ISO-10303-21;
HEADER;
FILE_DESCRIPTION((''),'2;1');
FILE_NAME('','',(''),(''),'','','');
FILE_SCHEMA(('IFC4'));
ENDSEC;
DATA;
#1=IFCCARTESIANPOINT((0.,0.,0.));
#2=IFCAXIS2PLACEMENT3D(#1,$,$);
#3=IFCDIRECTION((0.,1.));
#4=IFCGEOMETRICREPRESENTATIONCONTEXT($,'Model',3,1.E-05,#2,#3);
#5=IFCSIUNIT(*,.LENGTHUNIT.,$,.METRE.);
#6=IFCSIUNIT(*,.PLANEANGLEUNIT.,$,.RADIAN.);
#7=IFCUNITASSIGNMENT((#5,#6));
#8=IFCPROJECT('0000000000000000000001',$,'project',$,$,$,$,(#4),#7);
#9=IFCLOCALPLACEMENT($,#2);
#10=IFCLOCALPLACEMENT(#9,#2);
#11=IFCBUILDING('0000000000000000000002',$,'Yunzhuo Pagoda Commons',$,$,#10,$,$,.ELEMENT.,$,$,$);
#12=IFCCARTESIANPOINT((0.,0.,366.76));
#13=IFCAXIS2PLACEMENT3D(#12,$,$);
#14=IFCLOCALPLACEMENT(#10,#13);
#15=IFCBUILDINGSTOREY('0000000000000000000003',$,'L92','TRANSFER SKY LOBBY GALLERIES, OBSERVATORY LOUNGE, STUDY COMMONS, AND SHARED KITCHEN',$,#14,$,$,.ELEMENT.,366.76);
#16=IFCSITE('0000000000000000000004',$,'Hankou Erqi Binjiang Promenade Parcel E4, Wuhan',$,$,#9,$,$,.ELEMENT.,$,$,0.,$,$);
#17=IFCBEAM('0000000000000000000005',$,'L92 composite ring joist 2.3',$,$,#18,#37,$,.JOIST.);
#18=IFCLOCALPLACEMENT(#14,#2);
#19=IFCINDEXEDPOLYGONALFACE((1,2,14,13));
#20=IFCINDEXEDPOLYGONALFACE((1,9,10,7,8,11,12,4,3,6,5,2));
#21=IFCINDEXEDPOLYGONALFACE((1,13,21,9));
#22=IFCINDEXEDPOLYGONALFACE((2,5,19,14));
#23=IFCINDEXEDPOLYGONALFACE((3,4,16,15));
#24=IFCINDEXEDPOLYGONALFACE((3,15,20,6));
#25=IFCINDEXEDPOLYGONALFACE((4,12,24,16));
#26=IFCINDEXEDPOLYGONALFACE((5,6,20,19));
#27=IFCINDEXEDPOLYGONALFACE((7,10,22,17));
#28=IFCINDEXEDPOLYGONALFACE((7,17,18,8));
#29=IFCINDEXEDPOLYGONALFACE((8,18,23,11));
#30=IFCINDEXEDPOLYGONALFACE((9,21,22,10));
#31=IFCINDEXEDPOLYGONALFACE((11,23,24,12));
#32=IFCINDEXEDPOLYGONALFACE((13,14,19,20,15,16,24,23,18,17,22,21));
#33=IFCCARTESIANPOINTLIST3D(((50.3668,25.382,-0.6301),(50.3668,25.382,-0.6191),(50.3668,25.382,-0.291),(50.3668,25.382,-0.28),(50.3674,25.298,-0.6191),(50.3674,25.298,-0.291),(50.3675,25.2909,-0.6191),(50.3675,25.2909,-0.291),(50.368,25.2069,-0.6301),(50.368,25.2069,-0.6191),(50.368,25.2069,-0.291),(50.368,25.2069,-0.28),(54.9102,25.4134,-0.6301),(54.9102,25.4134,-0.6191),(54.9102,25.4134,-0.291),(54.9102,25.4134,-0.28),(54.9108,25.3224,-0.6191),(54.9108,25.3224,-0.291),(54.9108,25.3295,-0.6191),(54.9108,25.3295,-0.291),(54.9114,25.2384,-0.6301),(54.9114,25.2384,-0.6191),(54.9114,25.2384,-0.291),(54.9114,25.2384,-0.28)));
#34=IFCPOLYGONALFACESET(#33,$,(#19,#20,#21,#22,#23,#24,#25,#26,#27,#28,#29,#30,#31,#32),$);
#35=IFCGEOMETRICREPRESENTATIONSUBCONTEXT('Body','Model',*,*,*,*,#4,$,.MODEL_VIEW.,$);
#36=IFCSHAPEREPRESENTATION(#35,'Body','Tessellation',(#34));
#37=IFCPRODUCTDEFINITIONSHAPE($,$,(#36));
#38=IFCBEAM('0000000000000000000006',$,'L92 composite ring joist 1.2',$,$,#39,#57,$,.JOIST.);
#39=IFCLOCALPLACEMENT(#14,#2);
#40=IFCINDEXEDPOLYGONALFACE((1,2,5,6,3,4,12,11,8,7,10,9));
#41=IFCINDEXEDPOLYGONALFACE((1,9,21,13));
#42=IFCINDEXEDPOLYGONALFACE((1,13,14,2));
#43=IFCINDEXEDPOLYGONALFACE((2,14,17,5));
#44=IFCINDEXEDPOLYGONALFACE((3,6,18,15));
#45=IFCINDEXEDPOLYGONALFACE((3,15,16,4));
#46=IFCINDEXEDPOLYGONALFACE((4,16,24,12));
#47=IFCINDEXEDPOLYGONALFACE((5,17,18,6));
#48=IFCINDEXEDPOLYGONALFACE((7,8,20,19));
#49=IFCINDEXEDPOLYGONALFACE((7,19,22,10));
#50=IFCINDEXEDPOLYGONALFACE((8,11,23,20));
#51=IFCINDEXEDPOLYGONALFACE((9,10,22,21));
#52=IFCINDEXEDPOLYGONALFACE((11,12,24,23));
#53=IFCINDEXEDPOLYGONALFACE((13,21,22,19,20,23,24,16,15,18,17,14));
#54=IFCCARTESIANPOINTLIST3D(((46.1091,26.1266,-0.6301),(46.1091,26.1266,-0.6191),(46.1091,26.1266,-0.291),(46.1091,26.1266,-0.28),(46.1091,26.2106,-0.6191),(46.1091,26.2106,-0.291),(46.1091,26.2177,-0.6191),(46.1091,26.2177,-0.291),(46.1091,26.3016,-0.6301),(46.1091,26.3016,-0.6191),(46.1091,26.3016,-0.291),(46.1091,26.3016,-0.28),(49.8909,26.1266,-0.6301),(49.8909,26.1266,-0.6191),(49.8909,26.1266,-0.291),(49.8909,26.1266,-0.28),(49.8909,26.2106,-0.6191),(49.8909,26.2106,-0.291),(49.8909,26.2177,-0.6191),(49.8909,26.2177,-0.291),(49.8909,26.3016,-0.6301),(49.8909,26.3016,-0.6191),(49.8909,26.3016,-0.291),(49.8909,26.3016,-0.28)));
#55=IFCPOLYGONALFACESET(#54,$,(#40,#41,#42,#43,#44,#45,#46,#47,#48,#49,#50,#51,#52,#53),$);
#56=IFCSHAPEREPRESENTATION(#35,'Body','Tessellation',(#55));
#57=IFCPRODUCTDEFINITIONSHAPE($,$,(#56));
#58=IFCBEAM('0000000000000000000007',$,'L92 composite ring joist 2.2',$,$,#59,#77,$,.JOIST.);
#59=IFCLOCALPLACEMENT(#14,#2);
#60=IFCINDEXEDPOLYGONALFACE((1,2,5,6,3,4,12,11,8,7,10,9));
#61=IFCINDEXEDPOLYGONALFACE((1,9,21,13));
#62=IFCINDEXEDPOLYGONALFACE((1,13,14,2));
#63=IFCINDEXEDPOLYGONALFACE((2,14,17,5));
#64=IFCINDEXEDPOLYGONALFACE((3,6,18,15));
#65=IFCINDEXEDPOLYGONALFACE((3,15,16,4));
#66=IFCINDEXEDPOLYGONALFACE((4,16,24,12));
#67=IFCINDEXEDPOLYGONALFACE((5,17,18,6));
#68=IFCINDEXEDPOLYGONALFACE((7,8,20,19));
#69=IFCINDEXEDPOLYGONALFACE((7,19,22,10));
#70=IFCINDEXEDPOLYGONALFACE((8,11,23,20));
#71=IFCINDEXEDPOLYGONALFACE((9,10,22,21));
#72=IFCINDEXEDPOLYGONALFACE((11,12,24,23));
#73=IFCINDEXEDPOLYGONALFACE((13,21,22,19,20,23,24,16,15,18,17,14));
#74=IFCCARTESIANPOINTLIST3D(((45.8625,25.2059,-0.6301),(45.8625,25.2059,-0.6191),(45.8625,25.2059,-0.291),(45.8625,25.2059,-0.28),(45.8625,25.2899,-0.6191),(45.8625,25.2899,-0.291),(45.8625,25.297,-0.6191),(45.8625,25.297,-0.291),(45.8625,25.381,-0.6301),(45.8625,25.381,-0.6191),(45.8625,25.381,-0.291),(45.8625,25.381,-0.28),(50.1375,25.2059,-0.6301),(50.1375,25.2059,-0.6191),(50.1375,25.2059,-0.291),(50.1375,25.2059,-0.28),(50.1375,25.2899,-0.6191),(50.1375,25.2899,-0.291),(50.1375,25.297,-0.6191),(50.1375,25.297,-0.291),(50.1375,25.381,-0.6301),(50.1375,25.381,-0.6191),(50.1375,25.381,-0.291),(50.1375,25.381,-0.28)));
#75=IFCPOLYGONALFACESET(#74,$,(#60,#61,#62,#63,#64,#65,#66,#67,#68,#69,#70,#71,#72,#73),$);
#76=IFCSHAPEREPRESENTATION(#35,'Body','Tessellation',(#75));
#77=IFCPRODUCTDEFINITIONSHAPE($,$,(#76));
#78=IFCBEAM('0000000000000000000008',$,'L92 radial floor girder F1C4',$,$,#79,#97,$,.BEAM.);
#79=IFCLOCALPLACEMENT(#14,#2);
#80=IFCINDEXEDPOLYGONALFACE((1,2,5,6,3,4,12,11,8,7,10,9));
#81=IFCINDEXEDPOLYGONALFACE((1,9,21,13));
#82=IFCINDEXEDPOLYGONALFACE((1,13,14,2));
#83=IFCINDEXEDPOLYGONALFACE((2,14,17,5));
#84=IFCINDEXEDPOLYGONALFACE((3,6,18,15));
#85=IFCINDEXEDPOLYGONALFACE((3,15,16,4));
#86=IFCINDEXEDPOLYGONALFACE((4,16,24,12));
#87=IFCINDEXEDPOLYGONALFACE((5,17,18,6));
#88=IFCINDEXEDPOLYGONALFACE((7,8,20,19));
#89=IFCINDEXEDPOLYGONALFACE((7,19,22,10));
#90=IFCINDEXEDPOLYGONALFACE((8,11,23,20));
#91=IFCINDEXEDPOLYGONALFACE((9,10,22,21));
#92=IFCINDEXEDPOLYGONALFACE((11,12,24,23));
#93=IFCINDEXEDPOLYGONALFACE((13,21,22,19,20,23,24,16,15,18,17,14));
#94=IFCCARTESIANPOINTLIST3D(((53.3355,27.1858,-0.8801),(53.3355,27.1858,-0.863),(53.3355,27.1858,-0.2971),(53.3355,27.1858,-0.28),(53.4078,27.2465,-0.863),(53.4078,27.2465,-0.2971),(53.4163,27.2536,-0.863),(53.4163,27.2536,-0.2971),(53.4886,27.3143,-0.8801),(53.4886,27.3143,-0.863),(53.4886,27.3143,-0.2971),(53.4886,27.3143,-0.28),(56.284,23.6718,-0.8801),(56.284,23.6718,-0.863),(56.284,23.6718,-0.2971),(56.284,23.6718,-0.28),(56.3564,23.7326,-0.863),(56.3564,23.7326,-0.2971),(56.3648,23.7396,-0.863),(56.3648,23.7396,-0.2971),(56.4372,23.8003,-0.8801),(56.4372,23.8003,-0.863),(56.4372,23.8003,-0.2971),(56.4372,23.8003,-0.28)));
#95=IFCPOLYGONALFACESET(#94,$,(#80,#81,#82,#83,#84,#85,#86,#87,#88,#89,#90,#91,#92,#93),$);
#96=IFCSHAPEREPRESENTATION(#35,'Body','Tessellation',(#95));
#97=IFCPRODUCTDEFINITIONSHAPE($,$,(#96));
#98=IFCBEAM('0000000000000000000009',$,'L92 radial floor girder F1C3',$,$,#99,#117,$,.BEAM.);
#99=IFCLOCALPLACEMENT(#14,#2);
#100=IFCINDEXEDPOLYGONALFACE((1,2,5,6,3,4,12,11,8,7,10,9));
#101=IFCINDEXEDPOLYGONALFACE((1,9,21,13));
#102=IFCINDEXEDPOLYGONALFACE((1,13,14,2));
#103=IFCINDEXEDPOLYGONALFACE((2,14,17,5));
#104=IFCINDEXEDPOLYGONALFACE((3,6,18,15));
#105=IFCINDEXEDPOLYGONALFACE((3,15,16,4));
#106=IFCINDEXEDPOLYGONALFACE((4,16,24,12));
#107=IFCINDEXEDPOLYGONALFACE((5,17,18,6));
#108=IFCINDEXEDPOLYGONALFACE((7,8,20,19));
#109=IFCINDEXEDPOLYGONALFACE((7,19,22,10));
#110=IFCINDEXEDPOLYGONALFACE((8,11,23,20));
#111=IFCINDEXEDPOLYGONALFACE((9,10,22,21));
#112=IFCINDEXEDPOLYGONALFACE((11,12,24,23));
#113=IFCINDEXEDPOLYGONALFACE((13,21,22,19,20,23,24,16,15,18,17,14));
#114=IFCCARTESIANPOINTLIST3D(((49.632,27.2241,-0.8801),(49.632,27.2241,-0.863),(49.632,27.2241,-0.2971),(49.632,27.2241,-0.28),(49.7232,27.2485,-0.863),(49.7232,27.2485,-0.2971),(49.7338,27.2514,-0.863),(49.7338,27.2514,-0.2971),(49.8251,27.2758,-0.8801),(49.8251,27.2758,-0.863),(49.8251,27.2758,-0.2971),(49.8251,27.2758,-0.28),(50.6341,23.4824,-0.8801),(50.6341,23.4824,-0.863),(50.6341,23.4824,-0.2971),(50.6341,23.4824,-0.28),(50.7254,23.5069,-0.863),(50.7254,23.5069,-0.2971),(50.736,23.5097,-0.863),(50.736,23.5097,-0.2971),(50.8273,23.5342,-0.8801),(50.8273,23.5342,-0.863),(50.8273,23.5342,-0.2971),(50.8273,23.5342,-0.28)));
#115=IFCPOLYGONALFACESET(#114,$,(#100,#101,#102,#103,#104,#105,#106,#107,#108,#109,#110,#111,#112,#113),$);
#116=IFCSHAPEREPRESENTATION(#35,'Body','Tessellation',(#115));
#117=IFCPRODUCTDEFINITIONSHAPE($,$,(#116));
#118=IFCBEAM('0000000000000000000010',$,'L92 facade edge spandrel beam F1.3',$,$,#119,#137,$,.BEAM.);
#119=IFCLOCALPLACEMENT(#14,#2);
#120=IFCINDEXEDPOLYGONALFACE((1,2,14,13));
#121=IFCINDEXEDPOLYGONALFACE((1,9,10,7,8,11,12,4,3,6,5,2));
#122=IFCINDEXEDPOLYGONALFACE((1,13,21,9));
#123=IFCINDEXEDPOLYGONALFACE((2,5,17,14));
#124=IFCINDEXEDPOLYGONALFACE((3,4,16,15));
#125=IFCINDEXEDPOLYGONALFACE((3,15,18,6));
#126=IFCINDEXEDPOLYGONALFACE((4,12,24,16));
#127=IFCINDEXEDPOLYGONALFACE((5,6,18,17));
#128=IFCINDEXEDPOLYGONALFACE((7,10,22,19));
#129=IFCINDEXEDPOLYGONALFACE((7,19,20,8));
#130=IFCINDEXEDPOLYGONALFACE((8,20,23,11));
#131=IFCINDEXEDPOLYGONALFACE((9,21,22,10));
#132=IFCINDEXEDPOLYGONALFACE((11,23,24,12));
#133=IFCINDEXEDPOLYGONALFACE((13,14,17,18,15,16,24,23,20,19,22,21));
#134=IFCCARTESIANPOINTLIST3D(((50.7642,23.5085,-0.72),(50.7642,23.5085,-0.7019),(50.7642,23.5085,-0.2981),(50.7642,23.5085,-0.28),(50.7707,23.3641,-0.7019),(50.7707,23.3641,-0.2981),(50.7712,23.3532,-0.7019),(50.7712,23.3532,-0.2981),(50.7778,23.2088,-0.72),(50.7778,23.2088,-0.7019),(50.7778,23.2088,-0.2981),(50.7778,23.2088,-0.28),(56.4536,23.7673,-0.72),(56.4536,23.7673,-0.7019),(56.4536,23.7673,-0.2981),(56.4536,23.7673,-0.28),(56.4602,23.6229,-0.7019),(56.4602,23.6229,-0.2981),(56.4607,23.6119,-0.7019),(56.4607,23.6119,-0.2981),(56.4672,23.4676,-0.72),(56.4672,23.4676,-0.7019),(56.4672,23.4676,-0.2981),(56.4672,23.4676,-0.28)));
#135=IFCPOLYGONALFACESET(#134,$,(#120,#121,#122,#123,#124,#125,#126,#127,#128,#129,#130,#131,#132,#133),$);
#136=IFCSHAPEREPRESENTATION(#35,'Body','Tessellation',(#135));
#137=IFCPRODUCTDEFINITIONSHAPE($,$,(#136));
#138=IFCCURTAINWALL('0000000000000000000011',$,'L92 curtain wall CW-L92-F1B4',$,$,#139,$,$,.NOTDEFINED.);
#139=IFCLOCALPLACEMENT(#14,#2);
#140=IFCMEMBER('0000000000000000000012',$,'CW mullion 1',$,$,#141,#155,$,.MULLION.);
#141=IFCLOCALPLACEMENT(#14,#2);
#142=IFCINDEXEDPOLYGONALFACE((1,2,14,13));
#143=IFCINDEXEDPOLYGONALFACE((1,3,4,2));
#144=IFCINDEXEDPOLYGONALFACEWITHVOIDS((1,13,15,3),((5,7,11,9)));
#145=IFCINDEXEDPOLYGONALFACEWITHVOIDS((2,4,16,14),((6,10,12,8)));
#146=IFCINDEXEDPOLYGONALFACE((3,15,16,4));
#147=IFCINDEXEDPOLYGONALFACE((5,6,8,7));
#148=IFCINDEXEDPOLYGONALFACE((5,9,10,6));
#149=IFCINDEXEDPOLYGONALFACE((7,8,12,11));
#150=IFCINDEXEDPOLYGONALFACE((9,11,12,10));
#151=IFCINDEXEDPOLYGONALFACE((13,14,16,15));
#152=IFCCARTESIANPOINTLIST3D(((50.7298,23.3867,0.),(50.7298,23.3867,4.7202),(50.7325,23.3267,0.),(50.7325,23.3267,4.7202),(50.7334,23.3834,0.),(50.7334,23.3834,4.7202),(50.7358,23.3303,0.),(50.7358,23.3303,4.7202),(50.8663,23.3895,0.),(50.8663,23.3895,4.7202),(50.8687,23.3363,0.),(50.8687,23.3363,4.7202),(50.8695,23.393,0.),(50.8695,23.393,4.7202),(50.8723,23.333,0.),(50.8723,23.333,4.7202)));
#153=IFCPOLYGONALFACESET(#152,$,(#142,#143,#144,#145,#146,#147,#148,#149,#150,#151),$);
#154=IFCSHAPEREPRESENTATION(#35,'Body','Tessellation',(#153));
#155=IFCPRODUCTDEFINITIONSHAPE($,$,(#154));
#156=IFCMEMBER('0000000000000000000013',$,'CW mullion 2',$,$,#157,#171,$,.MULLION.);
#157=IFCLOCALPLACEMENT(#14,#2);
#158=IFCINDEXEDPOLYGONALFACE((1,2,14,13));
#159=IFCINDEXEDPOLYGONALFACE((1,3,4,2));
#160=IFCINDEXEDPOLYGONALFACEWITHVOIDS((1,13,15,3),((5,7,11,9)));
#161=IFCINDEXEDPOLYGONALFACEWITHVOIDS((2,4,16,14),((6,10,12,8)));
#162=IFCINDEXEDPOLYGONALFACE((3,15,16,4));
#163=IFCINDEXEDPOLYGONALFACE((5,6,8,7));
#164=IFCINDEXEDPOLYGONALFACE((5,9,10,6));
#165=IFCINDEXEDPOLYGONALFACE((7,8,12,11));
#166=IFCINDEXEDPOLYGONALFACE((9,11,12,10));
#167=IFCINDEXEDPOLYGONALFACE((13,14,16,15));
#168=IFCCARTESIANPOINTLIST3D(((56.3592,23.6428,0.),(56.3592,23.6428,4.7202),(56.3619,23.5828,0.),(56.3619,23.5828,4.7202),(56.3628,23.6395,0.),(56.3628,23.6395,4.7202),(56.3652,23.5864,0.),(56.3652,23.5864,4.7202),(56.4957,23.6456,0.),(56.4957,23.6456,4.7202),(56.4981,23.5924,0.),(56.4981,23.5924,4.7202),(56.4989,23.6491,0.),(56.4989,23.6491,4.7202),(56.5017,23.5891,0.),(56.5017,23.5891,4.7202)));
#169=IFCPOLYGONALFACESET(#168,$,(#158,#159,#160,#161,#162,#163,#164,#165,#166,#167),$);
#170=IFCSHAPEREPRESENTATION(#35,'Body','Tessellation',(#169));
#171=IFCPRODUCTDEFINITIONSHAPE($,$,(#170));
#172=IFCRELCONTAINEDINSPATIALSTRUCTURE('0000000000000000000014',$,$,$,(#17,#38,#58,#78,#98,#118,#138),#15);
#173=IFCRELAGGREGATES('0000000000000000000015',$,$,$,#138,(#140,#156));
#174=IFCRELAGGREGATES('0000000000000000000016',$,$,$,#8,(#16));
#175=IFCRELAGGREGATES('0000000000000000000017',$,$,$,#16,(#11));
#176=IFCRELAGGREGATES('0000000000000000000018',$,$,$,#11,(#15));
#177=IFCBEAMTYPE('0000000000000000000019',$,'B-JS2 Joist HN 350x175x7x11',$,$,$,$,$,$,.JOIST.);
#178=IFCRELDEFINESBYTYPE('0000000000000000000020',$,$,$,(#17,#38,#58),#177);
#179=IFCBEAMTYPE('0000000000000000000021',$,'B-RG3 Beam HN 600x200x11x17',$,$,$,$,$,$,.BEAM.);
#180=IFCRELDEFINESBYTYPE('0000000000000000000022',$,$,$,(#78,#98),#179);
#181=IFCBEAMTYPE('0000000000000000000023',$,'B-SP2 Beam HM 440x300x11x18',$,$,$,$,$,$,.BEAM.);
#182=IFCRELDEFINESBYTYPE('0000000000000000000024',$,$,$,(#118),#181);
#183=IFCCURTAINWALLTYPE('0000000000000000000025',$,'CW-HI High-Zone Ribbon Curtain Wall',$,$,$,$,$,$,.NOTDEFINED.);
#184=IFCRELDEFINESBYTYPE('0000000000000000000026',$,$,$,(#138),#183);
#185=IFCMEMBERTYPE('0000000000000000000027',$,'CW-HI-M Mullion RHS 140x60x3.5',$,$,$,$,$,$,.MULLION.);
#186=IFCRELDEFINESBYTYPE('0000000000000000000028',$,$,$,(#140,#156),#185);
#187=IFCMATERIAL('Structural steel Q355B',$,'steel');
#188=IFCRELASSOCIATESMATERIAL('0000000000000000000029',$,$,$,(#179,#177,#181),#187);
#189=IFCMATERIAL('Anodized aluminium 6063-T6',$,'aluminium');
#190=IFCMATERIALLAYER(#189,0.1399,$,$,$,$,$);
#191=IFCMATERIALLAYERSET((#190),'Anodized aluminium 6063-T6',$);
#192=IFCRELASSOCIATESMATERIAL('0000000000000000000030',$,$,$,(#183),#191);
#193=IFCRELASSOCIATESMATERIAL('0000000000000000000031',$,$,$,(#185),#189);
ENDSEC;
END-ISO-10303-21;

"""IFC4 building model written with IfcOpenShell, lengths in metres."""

from ifc_helpers import new_model, si_unit, direction, frame, origin, origin_2d, place, context, subcontext, project, spatial, hollow_rectangle, i_section, extrude, source, transform, mapped, material, layer, layer_set, material_profile, profile_set, type_object, element, aggregate, save


model = new_model("IFC4")

# Units and contexts
model_context = context("Model", 3, precision=1e-05, world=origin(), true_north=direction((0.0, 1.0)))
body_context = subcontext(model_context, "Body", "Model", "MODEL_VIEW")
ifc_project = project(units=[si_unit("LENGTHUNIT", "METRE"), si_unit("PLANEANGLEUNIT", "RADIAN")], contexts=[model_context])

# Site, building, storey
site_placement = place(None, origin())
site = spatial("IfcSite", under=ifc_project, at=site_placement, Name="Hankou Erqi Binjiang Promenade Parcel E4, Wuhan", CompositionType="ELEMENT", RefElevation=0.0)
building_placement = place(site_placement, origin())
building = spatial("IfcBuilding", under=site, at=building_placement, Name="Yunzhuo Pagoda Commons", CompositionType="ELEMENT")
storey_placement = place(building_placement, frame((0.0, 0.0, 366.76)))
storey = spatial("IfcBuildingStorey", under=building, at=storey_placement, Name="L92", Description="TRANSFER SKY LOBBY GALLERIES, OBSERVATORY LOUNGE, STUDY COMMONS, AND SHARED KITCHEN", CompositionType="ELEMENT", Elevation=366.76)

# Shared definitions
ifc_material_1 = material(Name="Structural steel Q355B", Category="steel")

# Beams
ifc_material_profile_1 = material_profile(ifc_material_1, i_section(OverallWidth=0.2, OverallDepth=0.6001, WebThickness=0.011, FlangeThickness=0.0171, at=origin_2d()), Name="Structural steel Q355B")
ifc_profile_set_1 = profile_set([ifc_material_profile_1], Name="Structural steel Q355B")
beam_type_1 = type_object("IfcBeamType", Name="B-RG3 Beam HN 600x200x11x17", PredefinedType="BEAM", material=ifc_profile_set_1)
ifc_material_profile_2 = material_profile(ifc_material_1, i_section(OverallWidth=0.175, OverallDepth=0.3501, WebThickness=0.0071, FlangeThickness=0.011, at=origin_2d()), Name="Structural steel Q355B")
ifc_profile_set_2 = profile_set([ifc_material_profile_2], Name="Structural steel Q355B")
beam_type_2 = type_object("IfcBeamType", Name="B-JS2 Joist HN 350x175x7x11", PredefinedType="JOIST", material=ifc_profile_set_2)
shared_shape_1 = source(origin(), body_context, "Body", "SweptSolid", [
    extrude(i_section(OverallWidth=0.175, OverallDepth=0.3501, WebThickness=0.0071, FlangeThickness=0.011, at=origin_2d()), origin(), (0.0, 0.0, 1.0), 4.5435),
])
beam_1_placement = place(storey_placement, frame((50.3674, 25.2944, -0.4551), z_axis=(0.999976, 0.006932, 0.0), x_axis=(-0.006932, 0.999976, 0.0)))
element("IfcBeam", 1, at=beam_1_placement, inside=storey, type_object=beam_type_2, Name="L92 composite ring joist 2.3", PredefinedType="JOIST", context=body_context, shape_type="MappedRepresentation", body=[
    mapped(shared_shape_1, transform((0.0, 0.0, 0.0), scale=1.0)),
])
shared_shape_2 = source(origin(), body_context, "Body", "SweptSolid", [
    extrude(i_section(OverallWidth=0.175, OverallDepth=0.3501, WebThickness=0.0071, FlangeThickness=0.011, at=origin_2d()), origin(), (0.0, 0.0, 1.0), 3.7817),
])
beam_2_placement = place(storey_placement, frame((46.1091, 26.2141, -0.4551), z_axis=(1.0, 0.0, 0.0), x_axis=(0.0, 1.0, 0.0)))
element("IfcBeam", 2, at=beam_2_placement, inside=storey, type_object=beam_type_2, Name="L92 composite ring joist 1.2", PredefinedType="JOIST", context=body_context, shape_type="MappedRepresentation", body=[
    mapped(shared_shape_2, transform((0.0, 0.0, 0.0), scale=1.0)),
])
shared_shape_3 = source(origin(), body_context, "Body", "SweptSolid", [
    extrude(i_section(OverallWidth=0.175, OverallDepth=0.3501, WebThickness=0.0071, FlangeThickness=0.011, at=origin_2d()), origin(), (0.0, 0.0, 1.0), 4.2749),
])
beam_3_placement = place(storey_placement, frame((45.8625, 25.2935, -0.4551), z_axis=(1.0, 0.0, 0.0), x_axis=(0.0, 1.0, 0.0)))
element("IfcBeam", 3, at=beam_3_placement, inside=storey, type_object=beam_type_2, Name="L92 composite ring joist 2.2", PredefinedType="JOIST", context=body_context, shape_type="MappedRepresentation", body=[
    mapped(shared_shape_3, transform((0.0, 0.0, 0.0), scale=1.0)),
])
shared_shape_4 = source(origin(), body_context, "Body", "SweptSolid", [
    extrude(i_section(OverallWidth=0.2, OverallDepth=0.6001, WebThickness=0.011, FlangeThickness=0.0171, at=origin_2d()), origin(), (0.0, 0.0, 1.0), 4.5872),
])
beam_4_placement = place(storey_placement, frame((56.3606, 23.7361, -0.5801), z_axis=(-0.642783, 0.766049, 0.0), x_axis=(-0.766049, -0.642783, 0.0)))
element("IfcBeam", 4, at=beam_4_placement, inside=storey, type_object=beam_type_1, Name="L92 radial floor girder F1C4", PredefinedType="BEAM", context=body_context, shape_type="MappedRepresentation", body=[
    mapped(shared_shape_4, transform((0.0, 0.0, 0.0), scale=1.0)),
])
shared_shape_5 = source(origin(), body_context, "Body", "SweptSolid", [
    extrude(i_section(OverallWidth=0.2, OverallDepth=0.6001, WebThickness=0.011, FlangeThickness=0.0171, at=origin_2d()), origin(), (0.0, 0.0, 1.0), 3.8735),
])
beam_5_placement = place(storey_placement, frame((50.7307, 23.5083, -0.5801), z_axis=(-0.258726, 0.965951, 0.0), x_axis=(-0.965951, -0.258726, 0.0)))
element("IfcBeam", 5, at=beam_5_placement, inside=storey, type_object=beam_type_1, Name="L92 radial floor girder F1C3", PredefinedType="BEAM", context=body_context, shape_type="MappedRepresentation", body=[
    mapped(shared_shape_5, transform((0.0, 0.0, 0.0), scale=1.0)),
])
ifc_material_profile_3 = material_profile(ifc_material_1, i_section(OverallWidth=0.3, OverallDepth=0.4399, WebThickness=0.011, FlangeThickness=0.0181, at=origin_2d()), Name="Structural steel Q355B")
ifc_profile_set_3 = profile_set([ifc_material_profile_3], Name="Structural steel Q355B")
beam_type_3 = type_object("IfcBeamType", Name="B-SP2 Beam HM 440x300x11x18", PredefinedType="BEAM", material=ifc_profile_set_3)
shared_shape_6 = source(origin(), body_context, "Body", "SweptSolid", [
    extrude(i_section(OverallWidth=0.3, OverallDepth=0.4399, WebThickness=0.011, FlangeThickness=0.0181, at=origin_2d()), origin(), (0.0, 0.0, 1.0), 5.6953),
])
beam_6_placement = place(storey_placement, frame((50.771, 23.3586, -0.5), z_axis=(0.998967, 0.045439, 0.0), x_axis=(-0.045439, 0.998967, 0.0)))
element("IfcBeam", 6, at=beam_6_placement, inside=storey, type_object=beam_type_3, Name="L92 facade edge spandrel beam F1.3", PredefinedType="BEAM", context=body_context, shape_type="MappedRepresentation", body=[
    mapped(shared_shape_6, transform((0.0, 0.0, 0.0), scale=1.0)),
])

# Curtain wall, members
ifc_material_2 = material(Name="Anodized aluminium 6063-T6", Category="aluminium")
ifc_layer_1 = layer(ifc_material_2, 0.1399)
ifc_layer_set_1 = layer_set([ifc_layer_1], Name="Anodized aluminium 6063-T6")
curtain_wall_type = type_object("IfcCurtainWallType", Name="CW-HI High-Zone Ribbon Curtain Wall", PredefinedType="NOTDEFINED", material=ifc_layer_set_1)
curtain_wall_1_placement = place(storey_placement, origin())
curtain_wall_1 = element("IfcCurtainWall", 7, at=curtain_wall_1_placement, inside=storey, type_object=curtain_wall_type, Name="L92 curtain wall CW-L92-F1B4", PredefinedType="NOTDEFINED")
ifc_material_profile_4 = material_profile(ifc_material_2, hollow_rectangle(XDim=0.0601, YDim=0.1399, WallThickness=0.0034, at=origin_2d()), Name="Anodized aluminium 6063-T6")
ifc_profile_set_4 = profile_set([ifc_material_profile_4], Name="Anodized aluminium 6063-T6")
member_type_1 = type_object("IfcMemberType", Name="CW-HI-M Mullion RHS 140x60x3.5", PredefinedType="MULLION", material=ifc_profile_set_4)
shared_shape_7 = source(origin(), body_context, "Body", "SweptSolid", [
    extrude(hollow_rectangle(XDim=0.0601, YDim=0.1399, WallThickness=0.0034, at=origin_2d()), origin(), (0.0, 0.0, 1.0), 4.7202),
])
member_1_placement = place(storey_placement, frame((50.801, 23.3599, 0.0), z_axis=(0.0, 0.0, 1.0), x_axis=(-0.045424, 0.998968, 0.0)))
member_1 = element("IfcMember", 8, at=member_1_placement, type_object=member_type_1, Name="CW mullion 1", PredefinedType="MULLION", context=body_context, shape_type="MappedRepresentation", body=[
    mapped(shared_shape_7, transform((0.0, 0.0, 0.0), scale=1.0)),
])
member_2_placement = place(storey_placement, frame((56.4304, 23.616, 0.0), z_axis=(0.0, 0.0, 1.0), x_axis=(-0.045424, 0.998968, 0.0)))
member_2 = element("IfcMember", 9, at=member_2_placement, type_object=member_type_1, Name="CW mullion 2", PredefinedType="MULLION", context=body_context, shape_type="MappedRepresentation", body=[
    mapped(shared_shape_7, transform((0.0, 0.0, 0.0), scale=1.0)),
])
aggregate(curtain_wall_1, [member_1, member_2])

save(model, "model.ifc")
